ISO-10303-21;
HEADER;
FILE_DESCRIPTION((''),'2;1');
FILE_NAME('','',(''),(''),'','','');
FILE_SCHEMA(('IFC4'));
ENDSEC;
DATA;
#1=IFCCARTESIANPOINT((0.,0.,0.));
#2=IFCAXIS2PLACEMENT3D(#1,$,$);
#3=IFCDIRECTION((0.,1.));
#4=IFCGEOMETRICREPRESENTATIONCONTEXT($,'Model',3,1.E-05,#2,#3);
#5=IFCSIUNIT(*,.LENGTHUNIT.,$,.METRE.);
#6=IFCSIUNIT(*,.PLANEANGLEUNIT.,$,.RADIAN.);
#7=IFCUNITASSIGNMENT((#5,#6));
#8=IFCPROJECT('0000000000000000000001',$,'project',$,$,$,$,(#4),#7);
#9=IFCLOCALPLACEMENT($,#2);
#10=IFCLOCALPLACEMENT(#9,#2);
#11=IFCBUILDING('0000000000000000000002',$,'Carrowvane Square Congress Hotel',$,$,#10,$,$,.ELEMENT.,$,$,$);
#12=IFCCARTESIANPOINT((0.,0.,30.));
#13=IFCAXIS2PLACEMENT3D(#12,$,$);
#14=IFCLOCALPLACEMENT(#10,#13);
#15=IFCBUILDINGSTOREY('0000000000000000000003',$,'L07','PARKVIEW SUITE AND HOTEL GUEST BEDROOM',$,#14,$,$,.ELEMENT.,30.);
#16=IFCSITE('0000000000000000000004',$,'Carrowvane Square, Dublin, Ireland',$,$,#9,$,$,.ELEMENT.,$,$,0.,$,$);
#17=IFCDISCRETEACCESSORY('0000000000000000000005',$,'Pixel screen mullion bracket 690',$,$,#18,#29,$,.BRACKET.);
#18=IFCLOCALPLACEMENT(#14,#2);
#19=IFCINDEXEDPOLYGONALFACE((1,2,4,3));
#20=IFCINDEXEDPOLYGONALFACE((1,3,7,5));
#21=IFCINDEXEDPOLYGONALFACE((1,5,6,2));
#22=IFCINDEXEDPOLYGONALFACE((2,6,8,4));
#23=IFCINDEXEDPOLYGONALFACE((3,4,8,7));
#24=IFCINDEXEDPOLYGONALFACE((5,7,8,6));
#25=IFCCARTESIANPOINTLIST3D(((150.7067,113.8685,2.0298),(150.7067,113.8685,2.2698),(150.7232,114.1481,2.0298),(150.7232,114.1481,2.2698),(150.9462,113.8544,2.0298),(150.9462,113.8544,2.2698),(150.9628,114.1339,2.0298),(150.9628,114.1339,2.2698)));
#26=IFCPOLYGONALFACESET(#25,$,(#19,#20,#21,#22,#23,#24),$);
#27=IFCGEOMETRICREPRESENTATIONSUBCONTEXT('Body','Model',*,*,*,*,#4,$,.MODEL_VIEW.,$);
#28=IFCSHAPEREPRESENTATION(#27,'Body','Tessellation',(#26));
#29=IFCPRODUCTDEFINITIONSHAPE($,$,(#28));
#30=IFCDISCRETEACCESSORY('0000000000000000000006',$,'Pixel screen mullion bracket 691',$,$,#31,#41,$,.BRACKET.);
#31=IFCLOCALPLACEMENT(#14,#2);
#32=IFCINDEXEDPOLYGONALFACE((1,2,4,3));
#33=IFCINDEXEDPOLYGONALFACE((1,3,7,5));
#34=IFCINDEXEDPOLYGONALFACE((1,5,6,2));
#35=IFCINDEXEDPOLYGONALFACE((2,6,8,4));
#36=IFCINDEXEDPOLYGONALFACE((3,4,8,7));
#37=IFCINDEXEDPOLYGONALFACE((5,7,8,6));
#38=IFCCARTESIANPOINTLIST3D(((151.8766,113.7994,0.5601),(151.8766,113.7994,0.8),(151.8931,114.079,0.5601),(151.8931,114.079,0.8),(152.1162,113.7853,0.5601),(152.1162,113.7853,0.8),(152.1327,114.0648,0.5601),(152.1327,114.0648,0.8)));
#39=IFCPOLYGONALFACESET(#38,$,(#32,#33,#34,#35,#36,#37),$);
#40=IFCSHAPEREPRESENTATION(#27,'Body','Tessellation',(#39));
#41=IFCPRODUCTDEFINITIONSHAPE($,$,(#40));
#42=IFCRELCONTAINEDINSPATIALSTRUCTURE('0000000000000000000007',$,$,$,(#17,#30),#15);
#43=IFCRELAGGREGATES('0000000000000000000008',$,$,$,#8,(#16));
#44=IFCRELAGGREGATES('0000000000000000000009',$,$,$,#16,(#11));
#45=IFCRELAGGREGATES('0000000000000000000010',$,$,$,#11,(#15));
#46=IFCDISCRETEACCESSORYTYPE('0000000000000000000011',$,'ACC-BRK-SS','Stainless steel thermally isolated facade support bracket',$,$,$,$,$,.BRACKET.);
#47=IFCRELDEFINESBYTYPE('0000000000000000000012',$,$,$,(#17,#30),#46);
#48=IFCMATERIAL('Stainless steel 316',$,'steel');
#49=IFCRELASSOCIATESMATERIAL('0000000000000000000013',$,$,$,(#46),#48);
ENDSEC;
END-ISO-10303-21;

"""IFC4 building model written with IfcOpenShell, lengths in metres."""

from ifc_helpers import new_model, si_unit, direction, frame, origin, origin_2d, place, context, subcontext, project, spatial, rectangle, extrude, material, type_object, element, save


model = new_model("IFC4")

# Units and contexts
model_context = context("Model", 3, precision=1e-05, world=origin(), true_north=direction((0.0, 1.0)))
body_context = subcontext(model_context, "Body", "Model", "MODEL_VIEW")
ifc_project = project(units=[si_unit("LENGTHUNIT", "METRE"), si_unit("PLANEANGLEUNIT", "RADIAN")], contexts=[model_context])

# Site, building, storey
site_placement = place(None, origin())
site = spatial("IfcSite", under=ifc_project, at=site_placement, Name="Carrowvane Square, Dublin, Ireland", CompositionType="ELEMENT", RefElevation=0.0)
building_placement = place(site_placement, origin())
building = spatial("IfcBuilding", under=site, at=building_placement, Name="Carrowvane Square Congress Hotel", CompositionType="ELEMENT")
storey_placement = place(building_placement, frame((0.0, 0.0, 30.0)))
storey = spatial("IfcBuildingStorey", under=building, at=storey_placement, Name="L07", Description="PARKVIEW SUITE AND HOTEL GUEST BEDROOM", CompositionType="ELEMENT", Elevation=30.0)

# Discrete accessories
ifc_material_1 = material(Name="Stainless steel 316", Category="steel")
discrete_accessory_type = type_object("IfcDiscreteAccessoryType", Name="ACC-BRK-SS", Description="Stainless steel thermally isolated facade support bracket", PredefinedType="BRACKET", material=ifc_material_1)
for number, where, z_axis, x_axis, name in (
    (1, (150.8347, 114.0012, 2.0298), (0.0, 0.0, 1.0), (0.998259, -0.058985, 0.0), "Pixel screen mullion bracket 690"),
    (2, (152.0046, 113.9321, 0.5601), (0.0, 0.0, 1.0), (0.998259, -0.058985, 0.0), "Pixel screen mullion bracket 691"),
):
    element("IfcDiscreteAccessory", number, at=place(storey_placement, frame(where, z_axis=z_axis, x_axis=x_axis)), inside=storey, type_object=discrete_accessory_type, Name=name, PredefinedType="BRACKET", context=body_context, shape_type="SweptSolid", body=[
        extrude(rectangle(XDim=0.24, YDim=0.28, at=origin_2d()), origin(), (0.0, 0.0, 1.0), 0.24),
    ])

save(model, "model.ifc")
